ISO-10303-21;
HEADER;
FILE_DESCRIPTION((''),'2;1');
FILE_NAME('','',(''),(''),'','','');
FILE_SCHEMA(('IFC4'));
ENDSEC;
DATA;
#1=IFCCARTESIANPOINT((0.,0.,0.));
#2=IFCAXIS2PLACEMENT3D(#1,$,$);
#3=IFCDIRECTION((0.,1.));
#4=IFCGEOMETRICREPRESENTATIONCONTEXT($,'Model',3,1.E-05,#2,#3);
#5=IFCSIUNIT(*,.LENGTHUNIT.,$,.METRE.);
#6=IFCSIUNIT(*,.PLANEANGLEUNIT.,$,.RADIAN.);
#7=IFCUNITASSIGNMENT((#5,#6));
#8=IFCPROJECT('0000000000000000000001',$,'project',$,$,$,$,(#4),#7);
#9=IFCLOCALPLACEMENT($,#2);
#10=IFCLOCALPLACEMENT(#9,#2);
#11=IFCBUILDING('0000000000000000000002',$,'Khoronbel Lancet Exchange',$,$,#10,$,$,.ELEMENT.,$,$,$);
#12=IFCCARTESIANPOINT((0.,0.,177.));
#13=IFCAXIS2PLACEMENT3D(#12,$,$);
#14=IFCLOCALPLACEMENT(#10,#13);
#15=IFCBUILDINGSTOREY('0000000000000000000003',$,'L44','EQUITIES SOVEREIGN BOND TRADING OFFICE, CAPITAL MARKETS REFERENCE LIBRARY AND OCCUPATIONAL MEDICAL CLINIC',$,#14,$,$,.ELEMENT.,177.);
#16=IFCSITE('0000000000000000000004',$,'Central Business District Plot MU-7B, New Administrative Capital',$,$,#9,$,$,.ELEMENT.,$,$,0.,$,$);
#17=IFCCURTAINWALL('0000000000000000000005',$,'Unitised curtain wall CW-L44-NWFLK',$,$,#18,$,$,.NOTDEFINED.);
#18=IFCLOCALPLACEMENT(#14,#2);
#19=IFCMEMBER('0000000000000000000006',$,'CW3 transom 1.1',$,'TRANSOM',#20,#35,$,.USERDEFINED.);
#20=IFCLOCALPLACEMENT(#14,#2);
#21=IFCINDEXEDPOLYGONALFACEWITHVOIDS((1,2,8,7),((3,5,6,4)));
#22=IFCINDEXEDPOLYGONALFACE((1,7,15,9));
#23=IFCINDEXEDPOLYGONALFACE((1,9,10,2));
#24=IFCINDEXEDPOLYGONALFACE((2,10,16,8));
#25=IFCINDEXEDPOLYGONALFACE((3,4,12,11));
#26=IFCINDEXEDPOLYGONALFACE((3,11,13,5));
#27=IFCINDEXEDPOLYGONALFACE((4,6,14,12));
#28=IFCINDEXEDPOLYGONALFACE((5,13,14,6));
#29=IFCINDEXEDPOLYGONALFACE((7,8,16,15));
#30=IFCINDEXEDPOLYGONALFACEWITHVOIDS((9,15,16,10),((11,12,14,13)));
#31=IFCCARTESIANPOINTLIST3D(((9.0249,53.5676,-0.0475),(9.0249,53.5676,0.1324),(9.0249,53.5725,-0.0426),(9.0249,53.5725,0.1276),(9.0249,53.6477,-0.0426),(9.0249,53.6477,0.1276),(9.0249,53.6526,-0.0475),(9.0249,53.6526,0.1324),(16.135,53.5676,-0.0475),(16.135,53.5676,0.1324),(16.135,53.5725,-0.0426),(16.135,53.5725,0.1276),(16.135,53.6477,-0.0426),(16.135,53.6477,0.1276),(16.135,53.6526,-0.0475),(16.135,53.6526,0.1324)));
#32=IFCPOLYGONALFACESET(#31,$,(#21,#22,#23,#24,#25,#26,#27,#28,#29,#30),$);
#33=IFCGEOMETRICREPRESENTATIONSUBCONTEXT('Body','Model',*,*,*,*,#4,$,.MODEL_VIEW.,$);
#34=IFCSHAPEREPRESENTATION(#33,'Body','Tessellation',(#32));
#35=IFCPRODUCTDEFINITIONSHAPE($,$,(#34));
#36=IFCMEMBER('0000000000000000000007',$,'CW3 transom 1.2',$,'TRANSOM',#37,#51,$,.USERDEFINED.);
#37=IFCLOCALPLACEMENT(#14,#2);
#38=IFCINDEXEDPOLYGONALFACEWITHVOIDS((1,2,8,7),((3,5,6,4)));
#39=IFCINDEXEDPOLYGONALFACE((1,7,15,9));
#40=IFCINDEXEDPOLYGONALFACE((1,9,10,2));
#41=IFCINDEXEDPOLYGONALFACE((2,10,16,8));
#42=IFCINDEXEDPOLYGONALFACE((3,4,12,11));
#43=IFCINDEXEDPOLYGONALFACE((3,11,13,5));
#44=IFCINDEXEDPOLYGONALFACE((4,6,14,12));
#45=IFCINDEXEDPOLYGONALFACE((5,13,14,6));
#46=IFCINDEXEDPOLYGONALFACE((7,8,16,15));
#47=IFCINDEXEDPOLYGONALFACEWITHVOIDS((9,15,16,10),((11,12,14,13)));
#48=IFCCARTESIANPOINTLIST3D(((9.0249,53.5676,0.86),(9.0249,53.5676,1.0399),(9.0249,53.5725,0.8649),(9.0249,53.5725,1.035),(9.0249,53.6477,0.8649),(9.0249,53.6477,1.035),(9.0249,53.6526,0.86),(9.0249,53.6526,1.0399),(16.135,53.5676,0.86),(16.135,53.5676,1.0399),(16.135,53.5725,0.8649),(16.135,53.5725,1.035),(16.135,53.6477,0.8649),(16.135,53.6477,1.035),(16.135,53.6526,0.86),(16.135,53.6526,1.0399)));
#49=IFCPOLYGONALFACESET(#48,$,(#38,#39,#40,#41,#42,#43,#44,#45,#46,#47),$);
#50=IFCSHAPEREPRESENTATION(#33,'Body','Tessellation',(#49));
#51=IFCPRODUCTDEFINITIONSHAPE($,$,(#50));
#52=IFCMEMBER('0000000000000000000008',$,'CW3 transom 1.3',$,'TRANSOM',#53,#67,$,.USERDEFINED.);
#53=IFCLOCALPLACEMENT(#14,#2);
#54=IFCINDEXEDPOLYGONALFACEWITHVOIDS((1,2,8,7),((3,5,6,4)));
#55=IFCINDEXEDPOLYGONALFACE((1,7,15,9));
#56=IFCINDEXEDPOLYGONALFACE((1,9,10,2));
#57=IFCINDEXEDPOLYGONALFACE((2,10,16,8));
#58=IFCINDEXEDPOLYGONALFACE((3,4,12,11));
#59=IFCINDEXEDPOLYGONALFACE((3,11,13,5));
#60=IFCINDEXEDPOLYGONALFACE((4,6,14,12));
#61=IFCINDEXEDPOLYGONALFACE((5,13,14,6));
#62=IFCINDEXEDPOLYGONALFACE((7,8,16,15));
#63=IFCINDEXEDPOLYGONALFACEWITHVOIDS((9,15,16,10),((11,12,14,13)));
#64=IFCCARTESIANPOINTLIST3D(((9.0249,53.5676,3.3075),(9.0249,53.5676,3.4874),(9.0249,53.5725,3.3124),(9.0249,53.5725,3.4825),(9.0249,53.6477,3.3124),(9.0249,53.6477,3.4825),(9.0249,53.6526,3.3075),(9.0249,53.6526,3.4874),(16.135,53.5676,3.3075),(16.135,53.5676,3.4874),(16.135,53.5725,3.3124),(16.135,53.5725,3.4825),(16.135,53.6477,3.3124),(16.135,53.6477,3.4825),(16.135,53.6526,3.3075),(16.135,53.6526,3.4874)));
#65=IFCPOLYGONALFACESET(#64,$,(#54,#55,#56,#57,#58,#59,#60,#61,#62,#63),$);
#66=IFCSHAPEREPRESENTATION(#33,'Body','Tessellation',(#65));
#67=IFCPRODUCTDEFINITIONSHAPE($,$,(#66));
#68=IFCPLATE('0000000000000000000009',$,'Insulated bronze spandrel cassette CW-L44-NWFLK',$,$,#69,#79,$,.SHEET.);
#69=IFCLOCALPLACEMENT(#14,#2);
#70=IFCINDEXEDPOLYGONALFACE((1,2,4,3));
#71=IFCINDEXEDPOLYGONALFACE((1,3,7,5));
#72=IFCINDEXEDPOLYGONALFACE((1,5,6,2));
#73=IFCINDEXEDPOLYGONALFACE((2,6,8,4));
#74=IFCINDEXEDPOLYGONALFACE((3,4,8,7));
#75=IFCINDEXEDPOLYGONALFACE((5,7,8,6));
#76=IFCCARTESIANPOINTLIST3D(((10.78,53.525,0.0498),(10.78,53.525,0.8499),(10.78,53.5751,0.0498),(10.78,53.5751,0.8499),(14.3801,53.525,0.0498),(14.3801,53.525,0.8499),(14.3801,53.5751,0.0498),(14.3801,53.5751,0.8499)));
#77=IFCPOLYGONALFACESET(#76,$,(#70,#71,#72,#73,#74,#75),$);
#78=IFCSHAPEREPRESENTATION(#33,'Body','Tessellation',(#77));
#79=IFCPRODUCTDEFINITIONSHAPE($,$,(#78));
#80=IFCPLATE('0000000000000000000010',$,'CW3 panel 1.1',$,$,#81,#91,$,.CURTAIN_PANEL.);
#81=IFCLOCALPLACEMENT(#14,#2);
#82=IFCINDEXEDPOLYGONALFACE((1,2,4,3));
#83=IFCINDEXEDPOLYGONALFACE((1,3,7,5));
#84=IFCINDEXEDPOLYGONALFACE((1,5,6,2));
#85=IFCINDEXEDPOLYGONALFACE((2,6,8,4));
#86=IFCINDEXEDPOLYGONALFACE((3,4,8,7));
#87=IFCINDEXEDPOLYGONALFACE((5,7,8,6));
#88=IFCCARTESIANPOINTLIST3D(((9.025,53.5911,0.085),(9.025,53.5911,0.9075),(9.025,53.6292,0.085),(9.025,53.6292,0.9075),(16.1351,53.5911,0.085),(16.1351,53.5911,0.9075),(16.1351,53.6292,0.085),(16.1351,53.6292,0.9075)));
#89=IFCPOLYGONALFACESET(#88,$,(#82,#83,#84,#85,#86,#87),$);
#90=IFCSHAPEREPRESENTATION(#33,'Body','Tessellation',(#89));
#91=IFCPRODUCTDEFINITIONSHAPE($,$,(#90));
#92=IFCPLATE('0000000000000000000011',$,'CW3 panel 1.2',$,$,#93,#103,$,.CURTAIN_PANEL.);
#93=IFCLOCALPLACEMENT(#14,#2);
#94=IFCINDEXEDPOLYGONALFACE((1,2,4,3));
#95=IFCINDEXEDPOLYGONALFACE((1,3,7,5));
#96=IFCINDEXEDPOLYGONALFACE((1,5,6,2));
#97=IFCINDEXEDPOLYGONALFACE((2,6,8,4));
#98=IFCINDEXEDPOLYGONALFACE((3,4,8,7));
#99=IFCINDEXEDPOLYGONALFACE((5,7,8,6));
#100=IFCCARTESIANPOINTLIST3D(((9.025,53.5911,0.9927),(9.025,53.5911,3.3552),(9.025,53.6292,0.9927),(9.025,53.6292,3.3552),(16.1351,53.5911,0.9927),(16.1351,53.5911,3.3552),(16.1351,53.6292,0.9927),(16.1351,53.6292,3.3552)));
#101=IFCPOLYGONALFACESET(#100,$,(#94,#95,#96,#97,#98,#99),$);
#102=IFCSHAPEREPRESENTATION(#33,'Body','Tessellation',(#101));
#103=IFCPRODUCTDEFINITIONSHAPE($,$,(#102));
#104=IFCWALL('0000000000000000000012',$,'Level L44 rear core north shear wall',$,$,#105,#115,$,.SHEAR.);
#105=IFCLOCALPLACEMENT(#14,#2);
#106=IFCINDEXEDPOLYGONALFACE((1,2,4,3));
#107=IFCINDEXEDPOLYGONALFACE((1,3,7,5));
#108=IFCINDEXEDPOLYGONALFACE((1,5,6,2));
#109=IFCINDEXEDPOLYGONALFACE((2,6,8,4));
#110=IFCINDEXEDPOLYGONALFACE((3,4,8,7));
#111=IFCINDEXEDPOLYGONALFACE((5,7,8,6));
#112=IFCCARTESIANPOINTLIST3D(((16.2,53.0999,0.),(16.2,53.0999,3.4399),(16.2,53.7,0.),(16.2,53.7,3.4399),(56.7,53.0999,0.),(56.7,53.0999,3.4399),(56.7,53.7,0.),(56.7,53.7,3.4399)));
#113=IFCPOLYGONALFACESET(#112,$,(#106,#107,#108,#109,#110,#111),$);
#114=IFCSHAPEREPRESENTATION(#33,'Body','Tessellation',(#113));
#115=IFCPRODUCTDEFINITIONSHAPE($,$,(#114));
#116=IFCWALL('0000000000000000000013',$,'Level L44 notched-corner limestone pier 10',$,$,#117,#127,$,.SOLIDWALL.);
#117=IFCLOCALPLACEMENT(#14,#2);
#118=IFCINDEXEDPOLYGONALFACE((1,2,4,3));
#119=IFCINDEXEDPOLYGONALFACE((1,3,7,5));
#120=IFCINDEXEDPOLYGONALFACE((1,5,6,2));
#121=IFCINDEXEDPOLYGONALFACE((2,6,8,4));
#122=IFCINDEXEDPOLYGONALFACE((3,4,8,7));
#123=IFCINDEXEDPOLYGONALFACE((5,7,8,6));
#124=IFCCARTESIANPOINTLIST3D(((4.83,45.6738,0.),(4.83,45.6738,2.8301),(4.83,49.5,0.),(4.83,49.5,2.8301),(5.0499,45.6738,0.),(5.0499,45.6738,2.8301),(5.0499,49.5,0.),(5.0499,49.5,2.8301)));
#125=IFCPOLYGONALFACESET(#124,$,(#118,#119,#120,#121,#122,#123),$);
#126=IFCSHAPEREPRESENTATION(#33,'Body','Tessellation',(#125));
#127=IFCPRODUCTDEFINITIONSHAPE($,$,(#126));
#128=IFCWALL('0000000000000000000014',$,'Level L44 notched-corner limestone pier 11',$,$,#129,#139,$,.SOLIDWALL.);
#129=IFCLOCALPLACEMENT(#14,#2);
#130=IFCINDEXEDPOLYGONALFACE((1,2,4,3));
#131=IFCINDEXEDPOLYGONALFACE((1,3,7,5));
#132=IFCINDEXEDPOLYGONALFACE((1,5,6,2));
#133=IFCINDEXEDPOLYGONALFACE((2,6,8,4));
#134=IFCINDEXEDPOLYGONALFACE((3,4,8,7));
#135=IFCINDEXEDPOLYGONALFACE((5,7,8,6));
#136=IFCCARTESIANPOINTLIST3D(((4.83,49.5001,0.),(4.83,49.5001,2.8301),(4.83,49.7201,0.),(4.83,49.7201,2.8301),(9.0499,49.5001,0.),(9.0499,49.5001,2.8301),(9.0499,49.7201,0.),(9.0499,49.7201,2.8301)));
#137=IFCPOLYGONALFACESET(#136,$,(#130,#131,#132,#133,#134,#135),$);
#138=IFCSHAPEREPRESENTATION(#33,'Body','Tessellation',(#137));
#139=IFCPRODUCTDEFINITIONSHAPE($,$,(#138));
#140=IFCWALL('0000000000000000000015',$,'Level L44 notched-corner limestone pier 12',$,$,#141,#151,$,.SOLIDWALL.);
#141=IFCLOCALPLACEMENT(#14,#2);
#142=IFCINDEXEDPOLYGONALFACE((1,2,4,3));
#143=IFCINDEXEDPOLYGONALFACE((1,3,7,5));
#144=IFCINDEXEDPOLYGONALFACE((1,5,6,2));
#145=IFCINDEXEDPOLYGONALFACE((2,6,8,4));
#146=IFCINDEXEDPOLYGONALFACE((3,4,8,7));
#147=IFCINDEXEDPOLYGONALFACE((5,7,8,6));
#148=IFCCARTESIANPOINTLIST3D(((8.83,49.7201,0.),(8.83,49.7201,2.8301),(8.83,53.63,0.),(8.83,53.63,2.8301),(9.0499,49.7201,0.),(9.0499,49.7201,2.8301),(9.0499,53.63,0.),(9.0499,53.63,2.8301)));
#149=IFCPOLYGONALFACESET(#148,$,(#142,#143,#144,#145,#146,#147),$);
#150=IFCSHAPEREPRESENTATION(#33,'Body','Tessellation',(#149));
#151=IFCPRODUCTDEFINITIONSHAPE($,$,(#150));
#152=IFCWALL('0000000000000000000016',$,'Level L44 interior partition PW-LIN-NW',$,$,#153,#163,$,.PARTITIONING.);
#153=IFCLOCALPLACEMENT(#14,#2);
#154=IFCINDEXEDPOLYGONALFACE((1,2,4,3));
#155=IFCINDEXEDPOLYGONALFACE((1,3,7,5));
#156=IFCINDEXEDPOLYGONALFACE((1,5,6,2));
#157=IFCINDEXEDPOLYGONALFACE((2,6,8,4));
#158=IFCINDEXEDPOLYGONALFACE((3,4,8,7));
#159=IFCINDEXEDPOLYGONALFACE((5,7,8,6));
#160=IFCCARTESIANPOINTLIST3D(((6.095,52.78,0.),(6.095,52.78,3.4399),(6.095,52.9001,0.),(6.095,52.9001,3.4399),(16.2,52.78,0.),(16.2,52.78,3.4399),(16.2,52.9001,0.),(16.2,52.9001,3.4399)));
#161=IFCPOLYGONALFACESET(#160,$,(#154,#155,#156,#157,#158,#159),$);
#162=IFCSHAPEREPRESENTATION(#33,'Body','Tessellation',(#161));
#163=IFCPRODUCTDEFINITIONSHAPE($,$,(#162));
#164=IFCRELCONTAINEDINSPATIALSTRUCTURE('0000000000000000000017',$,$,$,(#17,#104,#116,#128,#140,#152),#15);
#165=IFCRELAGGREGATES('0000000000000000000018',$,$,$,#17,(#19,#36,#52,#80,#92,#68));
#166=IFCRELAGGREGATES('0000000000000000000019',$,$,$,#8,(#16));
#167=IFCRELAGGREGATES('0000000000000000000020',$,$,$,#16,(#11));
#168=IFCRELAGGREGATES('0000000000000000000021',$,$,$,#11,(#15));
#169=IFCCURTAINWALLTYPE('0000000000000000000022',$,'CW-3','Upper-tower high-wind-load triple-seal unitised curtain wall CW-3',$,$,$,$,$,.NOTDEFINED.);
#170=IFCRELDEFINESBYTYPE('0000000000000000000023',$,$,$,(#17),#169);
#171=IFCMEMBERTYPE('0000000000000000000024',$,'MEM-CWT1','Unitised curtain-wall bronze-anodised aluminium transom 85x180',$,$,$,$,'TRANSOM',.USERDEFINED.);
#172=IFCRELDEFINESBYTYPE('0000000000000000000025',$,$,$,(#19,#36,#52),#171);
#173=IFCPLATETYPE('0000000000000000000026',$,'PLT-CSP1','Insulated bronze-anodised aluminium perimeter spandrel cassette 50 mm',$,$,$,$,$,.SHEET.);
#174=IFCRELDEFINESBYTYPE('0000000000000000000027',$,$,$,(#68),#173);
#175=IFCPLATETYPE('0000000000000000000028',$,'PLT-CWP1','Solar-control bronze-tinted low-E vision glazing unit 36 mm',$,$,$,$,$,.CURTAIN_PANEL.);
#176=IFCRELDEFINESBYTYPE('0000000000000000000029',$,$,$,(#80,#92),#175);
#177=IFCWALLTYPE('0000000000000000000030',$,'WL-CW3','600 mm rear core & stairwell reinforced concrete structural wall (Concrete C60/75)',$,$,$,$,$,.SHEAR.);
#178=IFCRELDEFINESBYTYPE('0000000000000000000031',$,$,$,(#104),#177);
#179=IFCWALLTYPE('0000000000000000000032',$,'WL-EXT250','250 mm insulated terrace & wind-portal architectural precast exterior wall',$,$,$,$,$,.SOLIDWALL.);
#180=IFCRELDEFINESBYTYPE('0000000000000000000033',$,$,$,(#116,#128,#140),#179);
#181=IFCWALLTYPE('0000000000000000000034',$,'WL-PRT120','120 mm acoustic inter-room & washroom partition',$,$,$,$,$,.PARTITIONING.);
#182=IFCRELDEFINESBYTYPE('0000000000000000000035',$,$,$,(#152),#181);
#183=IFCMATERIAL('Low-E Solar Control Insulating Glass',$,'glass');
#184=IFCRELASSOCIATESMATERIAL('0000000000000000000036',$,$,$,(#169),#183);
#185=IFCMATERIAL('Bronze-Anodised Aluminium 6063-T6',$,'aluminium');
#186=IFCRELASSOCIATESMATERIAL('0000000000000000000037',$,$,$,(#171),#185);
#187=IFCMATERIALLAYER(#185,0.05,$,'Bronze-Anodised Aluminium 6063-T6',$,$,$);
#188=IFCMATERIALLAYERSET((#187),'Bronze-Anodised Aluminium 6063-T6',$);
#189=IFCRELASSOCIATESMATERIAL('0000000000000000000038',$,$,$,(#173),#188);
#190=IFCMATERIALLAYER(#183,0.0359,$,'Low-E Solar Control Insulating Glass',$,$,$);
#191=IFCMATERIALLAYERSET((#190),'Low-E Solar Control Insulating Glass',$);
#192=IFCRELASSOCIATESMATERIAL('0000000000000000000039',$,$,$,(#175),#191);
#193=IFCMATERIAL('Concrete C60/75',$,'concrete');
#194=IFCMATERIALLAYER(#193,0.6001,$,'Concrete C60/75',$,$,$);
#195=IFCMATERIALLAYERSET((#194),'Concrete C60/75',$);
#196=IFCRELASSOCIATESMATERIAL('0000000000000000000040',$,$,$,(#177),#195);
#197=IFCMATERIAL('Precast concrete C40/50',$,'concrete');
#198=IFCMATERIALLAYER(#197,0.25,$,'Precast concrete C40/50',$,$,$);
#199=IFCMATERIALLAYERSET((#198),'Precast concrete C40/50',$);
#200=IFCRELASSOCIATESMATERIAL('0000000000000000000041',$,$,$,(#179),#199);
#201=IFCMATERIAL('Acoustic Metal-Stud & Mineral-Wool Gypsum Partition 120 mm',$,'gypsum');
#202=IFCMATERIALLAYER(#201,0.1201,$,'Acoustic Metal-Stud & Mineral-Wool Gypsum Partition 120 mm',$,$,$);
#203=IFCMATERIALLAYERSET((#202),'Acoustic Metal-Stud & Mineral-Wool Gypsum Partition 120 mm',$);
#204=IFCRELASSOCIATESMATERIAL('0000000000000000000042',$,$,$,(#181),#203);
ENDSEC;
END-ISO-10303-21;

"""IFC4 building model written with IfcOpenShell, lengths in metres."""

from ifc_helpers import new_model, si_unit, direction, frame, frame_2d, origin, origin_2d, place, context, subcontext, project, spatial, rectangle, hollow_rectangle, extrude, material, layer, layer_set, material_profile, profile_set, type_object, element, aggregate, save


model = new_model("IFC4")

# Units and contexts
model_context = context("Model", 3, precision=1e-05, world=origin(), true_north=direction((0.0, 1.0)))
body_context = subcontext(model_context, "Body", "Model", "MODEL_VIEW")
ifc_project = project(units=[si_unit("LENGTHUNIT", "METRE"), si_unit("PLANEANGLEUNIT", "RADIAN")], contexts=[model_context])

# Site, building, storey
site_placement = place(None, origin())
site = spatial("IfcSite", under=ifc_project, at=site_placement, Name="Central Business District Plot MU-7B, New Administrative Capital", CompositionType="ELEMENT", RefElevation=0.0)
building_placement = place(site_placement, origin())
building = spatial("IfcBuilding", under=site, at=building_placement, Name="Khoronbel Lancet Exchange", CompositionType="ELEMENT")
storey_placement = place(building_placement, frame((0.0, 0.0, 177.0)))
storey = spatial("IfcBuildingStorey", under=building, at=storey_placement, Name="L44", Description="EQUITIES SOVEREIGN BOND TRADING OFFICE, CAPITAL MARKETS REFERENCE LIBRARY AND OCCUPATIONAL MEDICAL CLINIC", CompositionType="ELEMENT", Elevation=177.0)

# Curtain wall
ifc_material_1 = material(Name="Low-E Solar Control Insulating Glass", Category="glass")
curtain_wall_type_1 = type_object("IfcCurtainWallType", Name="CW-3", Description="Upper-tower high-wind-load triple-seal unitised curtain wall CW-3", PredefinedType="NOTDEFINED", material=ifc_material_1)
curtain_wall_1_placement = place(storey_placement, origin())
curtain_wall_1 = element("IfcCurtainWall", 1, at=curtain_wall_1_placement, inside=storey, type_object=curtain_wall_type_1, Name="Unitised curtain wall CW-L44-NWFLK", PredefinedType="NOTDEFINED")
ifc_material_2 = material(Name="Bronze-Anodised Aluminium 6063-T6", Category="aluminium")

# Members
ifc_material_profile_1 = material_profile(ifc_material_2, hollow_rectangle(XDim=0.085, YDim=0.1799, WallThickness=0.0049, at=origin_2d()), Name="ALU TRANSOM 85x180")
ifc_profile_set_1 = profile_set([ifc_material_profile_1], Name="Bronze-Anodised Aluminium 6063-T6")
member_type_1 = type_object("IfcMemberType", Name="MEM-CWT1", Description="Unitised curtain-wall bronze-anodised aluminium transom 85x180", ElementType="TRANSOM", PredefinedType="USERDEFINED", material=ifc_profile_set_1)
member_1_placement = place(storey_placement, frame((16.135, 53.6101, 0.0425), z_axis=(-1.0, 0.0, 0.0), x_axis=(0.0, -1.0, 0.0)))
member_1 = element("IfcMember", 2, at=member_1_placement, type_object=member_type_1, Name="CW3 transom 1.1", ObjectType="TRANSOM", PredefinedType="USERDEFINED", context=body_context, shape_type="SweptSolid", body=[
    extrude(hollow_rectangle(XDim=0.085, YDim=0.1799, WallThickness=0.0049, at=origin_2d()), origin(), (0.0, 0.0, 1.0), 7.1101),
])
member_2_placement = place(storey_placement, frame((16.135, 53.6101, 0.95), z_axis=(-1.0, 0.0, 0.0), x_axis=(0.0, -1.0, 0.0)))
member_2 = element("IfcMember", 3, at=member_2_placement, type_object=member_type_1, Name="CW3 transom 1.2", ObjectType="TRANSOM", PredefinedType="USERDEFINED", context=body_context, shape_type="SweptSolid", body=[
    extrude(hollow_rectangle(XDim=0.085, YDim=0.1799, WallThickness=0.0049, at=origin_2d()), origin(), (0.0, 0.0, 1.0), 7.1101),
])
member_3_placement = place(storey_placement, frame((16.135, 53.6101, 3.3975), z_axis=(-1.0, 0.0, 0.0), x_axis=(0.0, -1.0, 0.0)))
member_3 = element("IfcMember", 4, at=member_3_placement, type_object=member_type_1, Name="CW3 transom 1.3", ObjectType="TRANSOM", PredefinedType="USERDEFINED", context=body_context, shape_type="SweptSolid", body=[
    extrude(hollow_rectangle(XDim=0.085, YDim=0.1799, WallThickness=0.0049, at=origin_2d()), origin(), (0.0, 0.0, 1.0), 7.1101),
])

# Plates
ifc_layer_1 = layer(ifc_material_2, 0.05, Name="Bronze-Anodised Aluminium 6063-T6")
ifc_layer_set_1 = layer_set([ifc_layer_1], Name="Bronze-Anodised Aluminium 6063-T6")
plate_type_1 = type_object("IfcPlateType", Name="PLT-CSP1", Description="Insulated bronze-anodised aluminium perimeter spandrel cassette 50 mm", PredefinedType="SHEET", material=ifc_layer_set_1)
plate_1_placement = place(storey_placement, frame((12.5801, 53.55, 0.0498), z_axis=(0.0, 0.0, 1.0), x_axis=(-1.0, 0.0, 0.0)))
plate_1 = element("IfcPlate", 5, at=plate_1_placement, type_object=plate_type_1, Name="Insulated bronze spandrel cassette CW-L44-NWFLK", PredefinedType="SHEET", context=body_context, shape_type="SweptSolid", body=[
    extrude(rectangle(XDim=3.6001, YDim=0.05, at=origin_2d()), origin(), (0.0, 0.0, 1.0), 0.8),
])
ifc_layer_2 = layer(ifc_material_1, 0.0359, Name="Low-E Solar Control Insulating Glass")
ifc_layer_set_2 = layer_set([ifc_layer_2], Name="Low-E Solar Control Insulating Glass")
plate_type_2 = type_object("IfcPlateType", Name="PLT-CWP1", Description="Solar-control bronze-tinted low-E vision glazing unit 36 mm", PredefinedType="CURTAIN_PANEL", material=ifc_layer_set_2)
plate_2_placement = place(storey_placement, frame((12.5801, 53.6101, 0.085), z_axis=(0.0, 0.0, 1.0), x_axis=(-1.0, 0.0, 0.0)))
plate_2 = element("IfcPlate", 6, at=plate_2_placement, type_object=plate_type_2, Name="CW3 panel 1.1", PredefinedType="CURTAIN_PANEL", context=body_context, shape_type="SweptSolid", body=[
    extrude(rectangle(XDim=7.1101, YDim=0.0381, at=origin_2d()), origin(), (0.0, 0.0, 1.0), 0.8225),
])
plate_3_placement = place(storey_placement, frame((12.5801, 53.6101, 0.9927), z_axis=(0.0, 0.0, 1.0), x_axis=(-1.0, 0.0, 0.0)))
plate_3 = element("IfcPlate", 7, at=plate_3_placement, type_object=plate_type_2, Name="CW3 panel 1.2", PredefinedType="CURTAIN_PANEL", context=body_context, shape_type="SweptSolid", body=[
    extrude(rectangle(XDim=7.1101, YDim=0.0381, at=origin_2d()), origin(), (0.0, 0.0, 1.0), 2.3625),
])
aggregate(curtain_wall_1, [member_1, member_2, member_3, plate_2, plate_3, plate_1])

# Walls
ifc_material_3 = material(Name="Concrete C60/75", Category="concrete")
ifc_layer_3 = layer(ifc_material_3, 0.6001, Name="Concrete C60/75")
ifc_layer_set_3 = layer_set([ifc_layer_3], Name="Concrete C60/75")
wall_type_1 = type_object("IfcWallType", Name="WL-CW3", Description="600 mm rear core & stairwell reinforced concrete structural wall (Concrete C60/75)", PredefinedType="SHEAR", material=ifc_layer_set_3)
wall_1_placement = place(storey_placement, frame((16.2, 53.3999, 0.0), z_axis=(0.0, 0.0, 1.0), x_axis=(1.0, 0.0, 0.0)))
element("IfcWall", 8, at=wall_1_placement, inside=storey, type_object=wall_type_1, Name="Level L44 rear core north shear wall", PredefinedType="SHEAR", context=body_context, shape_type="SweptSolid", body=[
    extrude(rectangle(XDim=40.5, YDim=0.6001, at=frame_2d((20.25, 0.0))), origin(), (0.0, 0.0, 1.0), 3.4399),
])
ifc_material_4 = material(Name="Precast concrete C40/50", Category="concrete")
ifc_layer_4 = layer(ifc_material_4, 0.25, Name="Precast concrete C40/50")
ifc_layer_set_4 = layer_set([ifc_layer_4], Name="Precast concrete C40/50")
wall_type_2 = type_object("IfcWallType", Name="WL-EXT250", Description="250 mm insulated terrace & wind-portal architectural precast exterior wall", PredefinedType="SOLIDWALL", material=ifc_layer_set_4)
wall_2_placement = place(storey_placement, frame((4.9399, 45.6738, 0.0), z_axis=(0.0, 0.0, 1.0), x_axis=(0.0, 1.0, 0.0)))
element("IfcWall", 9, at=wall_2_placement, inside=storey, type_object=wall_type_2, Name="Level L44 notched-corner limestone pier 10", PredefinedType="SOLIDWALL", context=body_context, shape_type="SweptSolid", body=[
    extrude(rectangle(XDim=3.8262, YDim=0.22, at=frame_2d((1.9131, 0.0))), origin(), (0.0, 0.0, 1.0), 2.8301),
])
wall_3_placement = place(storey_placement, frame((4.8301, 49.6101, 0.0), z_axis=(0.0, 0.0, 1.0), x_axis=(1.0, 0.0, 0.0)))
element("IfcWall", 10, at=wall_3_placement, inside=storey, type_object=wall_type_2, Name="Level L44 notched-corner limestone pier 11", PredefinedType="SOLIDWALL", context=body_context, shape_type="SweptSolid", body=[
    extrude(rectangle(XDim=4.22, YDim=0.22, at=frame_2d((2.1099, 0.0))), origin(), (0.0, 0.0, 1.0), 2.8301),
])
wall_4_placement = place(storey_placement, frame((8.9399, 49.72, 0.0), z_axis=(0.0, 0.0, 1.0), x_axis=(0.0, 1.0, 0.0)))
element("IfcWall", 11, at=wall_4_placement, inside=storey, type_object=wall_type_2, Name="Level L44 notched-corner limestone pier 12", PredefinedType="SOLIDWALL", context=body_context, shape_type="SweptSolid", body=[
    extrude(rectangle(XDim=3.9099, YDim=0.22, at=frame_2d((1.9551, 0.0))), origin(), (0.0, 0.0, 1.0), 2.8301),
])
ifc_material_5 = material(Name="Acoustic Metal-Stud & Mineral-Wool Gypsum Partition 120 mm", Category="gypsum")
ifc_layer_5 = layer(ifc_material_5, 0.1201, Name="Acoustic Metal-Stud & Mineral-Wool Gypsum Partition 120 mm")
ifc_layer_set_5 = layer_set([ifc_layer_5], Name="Acoustic Metal-Stud & Mineral-Wool Gypsum Partition 120 mm")
wall_type_3 = type_object("IfcWallType", Name="WL-PRT120", Description="120 mm acoustic inter-room & washroom partition", PredefinedType="PARTITIONING", material=ifc_layer_set_5)
wall_5_placement = place(storey_placement, frame((6.095, 52.8401, 0.0), z_axis=(0.0, 0.0, 1.0), x_axis=(1.0, 0.0, 0.0)))
element("IfcWall", 12, at=wall_5_placement, inside=storey, type_object=wall_type_3, Name="Level L44 interior partition PW-LIN-NW", PredefinedType="PARTITIONING", context=body_context, shape_type="SweptSolid", body=[
    extrude(rectangle(XDim=10.105, YDim=0.1201, at=frame_2d((5.0525, 0.0))), origin(), (0.0, 0.0, 1.0), 3.4399),
])

save(model, "model.ifc")
